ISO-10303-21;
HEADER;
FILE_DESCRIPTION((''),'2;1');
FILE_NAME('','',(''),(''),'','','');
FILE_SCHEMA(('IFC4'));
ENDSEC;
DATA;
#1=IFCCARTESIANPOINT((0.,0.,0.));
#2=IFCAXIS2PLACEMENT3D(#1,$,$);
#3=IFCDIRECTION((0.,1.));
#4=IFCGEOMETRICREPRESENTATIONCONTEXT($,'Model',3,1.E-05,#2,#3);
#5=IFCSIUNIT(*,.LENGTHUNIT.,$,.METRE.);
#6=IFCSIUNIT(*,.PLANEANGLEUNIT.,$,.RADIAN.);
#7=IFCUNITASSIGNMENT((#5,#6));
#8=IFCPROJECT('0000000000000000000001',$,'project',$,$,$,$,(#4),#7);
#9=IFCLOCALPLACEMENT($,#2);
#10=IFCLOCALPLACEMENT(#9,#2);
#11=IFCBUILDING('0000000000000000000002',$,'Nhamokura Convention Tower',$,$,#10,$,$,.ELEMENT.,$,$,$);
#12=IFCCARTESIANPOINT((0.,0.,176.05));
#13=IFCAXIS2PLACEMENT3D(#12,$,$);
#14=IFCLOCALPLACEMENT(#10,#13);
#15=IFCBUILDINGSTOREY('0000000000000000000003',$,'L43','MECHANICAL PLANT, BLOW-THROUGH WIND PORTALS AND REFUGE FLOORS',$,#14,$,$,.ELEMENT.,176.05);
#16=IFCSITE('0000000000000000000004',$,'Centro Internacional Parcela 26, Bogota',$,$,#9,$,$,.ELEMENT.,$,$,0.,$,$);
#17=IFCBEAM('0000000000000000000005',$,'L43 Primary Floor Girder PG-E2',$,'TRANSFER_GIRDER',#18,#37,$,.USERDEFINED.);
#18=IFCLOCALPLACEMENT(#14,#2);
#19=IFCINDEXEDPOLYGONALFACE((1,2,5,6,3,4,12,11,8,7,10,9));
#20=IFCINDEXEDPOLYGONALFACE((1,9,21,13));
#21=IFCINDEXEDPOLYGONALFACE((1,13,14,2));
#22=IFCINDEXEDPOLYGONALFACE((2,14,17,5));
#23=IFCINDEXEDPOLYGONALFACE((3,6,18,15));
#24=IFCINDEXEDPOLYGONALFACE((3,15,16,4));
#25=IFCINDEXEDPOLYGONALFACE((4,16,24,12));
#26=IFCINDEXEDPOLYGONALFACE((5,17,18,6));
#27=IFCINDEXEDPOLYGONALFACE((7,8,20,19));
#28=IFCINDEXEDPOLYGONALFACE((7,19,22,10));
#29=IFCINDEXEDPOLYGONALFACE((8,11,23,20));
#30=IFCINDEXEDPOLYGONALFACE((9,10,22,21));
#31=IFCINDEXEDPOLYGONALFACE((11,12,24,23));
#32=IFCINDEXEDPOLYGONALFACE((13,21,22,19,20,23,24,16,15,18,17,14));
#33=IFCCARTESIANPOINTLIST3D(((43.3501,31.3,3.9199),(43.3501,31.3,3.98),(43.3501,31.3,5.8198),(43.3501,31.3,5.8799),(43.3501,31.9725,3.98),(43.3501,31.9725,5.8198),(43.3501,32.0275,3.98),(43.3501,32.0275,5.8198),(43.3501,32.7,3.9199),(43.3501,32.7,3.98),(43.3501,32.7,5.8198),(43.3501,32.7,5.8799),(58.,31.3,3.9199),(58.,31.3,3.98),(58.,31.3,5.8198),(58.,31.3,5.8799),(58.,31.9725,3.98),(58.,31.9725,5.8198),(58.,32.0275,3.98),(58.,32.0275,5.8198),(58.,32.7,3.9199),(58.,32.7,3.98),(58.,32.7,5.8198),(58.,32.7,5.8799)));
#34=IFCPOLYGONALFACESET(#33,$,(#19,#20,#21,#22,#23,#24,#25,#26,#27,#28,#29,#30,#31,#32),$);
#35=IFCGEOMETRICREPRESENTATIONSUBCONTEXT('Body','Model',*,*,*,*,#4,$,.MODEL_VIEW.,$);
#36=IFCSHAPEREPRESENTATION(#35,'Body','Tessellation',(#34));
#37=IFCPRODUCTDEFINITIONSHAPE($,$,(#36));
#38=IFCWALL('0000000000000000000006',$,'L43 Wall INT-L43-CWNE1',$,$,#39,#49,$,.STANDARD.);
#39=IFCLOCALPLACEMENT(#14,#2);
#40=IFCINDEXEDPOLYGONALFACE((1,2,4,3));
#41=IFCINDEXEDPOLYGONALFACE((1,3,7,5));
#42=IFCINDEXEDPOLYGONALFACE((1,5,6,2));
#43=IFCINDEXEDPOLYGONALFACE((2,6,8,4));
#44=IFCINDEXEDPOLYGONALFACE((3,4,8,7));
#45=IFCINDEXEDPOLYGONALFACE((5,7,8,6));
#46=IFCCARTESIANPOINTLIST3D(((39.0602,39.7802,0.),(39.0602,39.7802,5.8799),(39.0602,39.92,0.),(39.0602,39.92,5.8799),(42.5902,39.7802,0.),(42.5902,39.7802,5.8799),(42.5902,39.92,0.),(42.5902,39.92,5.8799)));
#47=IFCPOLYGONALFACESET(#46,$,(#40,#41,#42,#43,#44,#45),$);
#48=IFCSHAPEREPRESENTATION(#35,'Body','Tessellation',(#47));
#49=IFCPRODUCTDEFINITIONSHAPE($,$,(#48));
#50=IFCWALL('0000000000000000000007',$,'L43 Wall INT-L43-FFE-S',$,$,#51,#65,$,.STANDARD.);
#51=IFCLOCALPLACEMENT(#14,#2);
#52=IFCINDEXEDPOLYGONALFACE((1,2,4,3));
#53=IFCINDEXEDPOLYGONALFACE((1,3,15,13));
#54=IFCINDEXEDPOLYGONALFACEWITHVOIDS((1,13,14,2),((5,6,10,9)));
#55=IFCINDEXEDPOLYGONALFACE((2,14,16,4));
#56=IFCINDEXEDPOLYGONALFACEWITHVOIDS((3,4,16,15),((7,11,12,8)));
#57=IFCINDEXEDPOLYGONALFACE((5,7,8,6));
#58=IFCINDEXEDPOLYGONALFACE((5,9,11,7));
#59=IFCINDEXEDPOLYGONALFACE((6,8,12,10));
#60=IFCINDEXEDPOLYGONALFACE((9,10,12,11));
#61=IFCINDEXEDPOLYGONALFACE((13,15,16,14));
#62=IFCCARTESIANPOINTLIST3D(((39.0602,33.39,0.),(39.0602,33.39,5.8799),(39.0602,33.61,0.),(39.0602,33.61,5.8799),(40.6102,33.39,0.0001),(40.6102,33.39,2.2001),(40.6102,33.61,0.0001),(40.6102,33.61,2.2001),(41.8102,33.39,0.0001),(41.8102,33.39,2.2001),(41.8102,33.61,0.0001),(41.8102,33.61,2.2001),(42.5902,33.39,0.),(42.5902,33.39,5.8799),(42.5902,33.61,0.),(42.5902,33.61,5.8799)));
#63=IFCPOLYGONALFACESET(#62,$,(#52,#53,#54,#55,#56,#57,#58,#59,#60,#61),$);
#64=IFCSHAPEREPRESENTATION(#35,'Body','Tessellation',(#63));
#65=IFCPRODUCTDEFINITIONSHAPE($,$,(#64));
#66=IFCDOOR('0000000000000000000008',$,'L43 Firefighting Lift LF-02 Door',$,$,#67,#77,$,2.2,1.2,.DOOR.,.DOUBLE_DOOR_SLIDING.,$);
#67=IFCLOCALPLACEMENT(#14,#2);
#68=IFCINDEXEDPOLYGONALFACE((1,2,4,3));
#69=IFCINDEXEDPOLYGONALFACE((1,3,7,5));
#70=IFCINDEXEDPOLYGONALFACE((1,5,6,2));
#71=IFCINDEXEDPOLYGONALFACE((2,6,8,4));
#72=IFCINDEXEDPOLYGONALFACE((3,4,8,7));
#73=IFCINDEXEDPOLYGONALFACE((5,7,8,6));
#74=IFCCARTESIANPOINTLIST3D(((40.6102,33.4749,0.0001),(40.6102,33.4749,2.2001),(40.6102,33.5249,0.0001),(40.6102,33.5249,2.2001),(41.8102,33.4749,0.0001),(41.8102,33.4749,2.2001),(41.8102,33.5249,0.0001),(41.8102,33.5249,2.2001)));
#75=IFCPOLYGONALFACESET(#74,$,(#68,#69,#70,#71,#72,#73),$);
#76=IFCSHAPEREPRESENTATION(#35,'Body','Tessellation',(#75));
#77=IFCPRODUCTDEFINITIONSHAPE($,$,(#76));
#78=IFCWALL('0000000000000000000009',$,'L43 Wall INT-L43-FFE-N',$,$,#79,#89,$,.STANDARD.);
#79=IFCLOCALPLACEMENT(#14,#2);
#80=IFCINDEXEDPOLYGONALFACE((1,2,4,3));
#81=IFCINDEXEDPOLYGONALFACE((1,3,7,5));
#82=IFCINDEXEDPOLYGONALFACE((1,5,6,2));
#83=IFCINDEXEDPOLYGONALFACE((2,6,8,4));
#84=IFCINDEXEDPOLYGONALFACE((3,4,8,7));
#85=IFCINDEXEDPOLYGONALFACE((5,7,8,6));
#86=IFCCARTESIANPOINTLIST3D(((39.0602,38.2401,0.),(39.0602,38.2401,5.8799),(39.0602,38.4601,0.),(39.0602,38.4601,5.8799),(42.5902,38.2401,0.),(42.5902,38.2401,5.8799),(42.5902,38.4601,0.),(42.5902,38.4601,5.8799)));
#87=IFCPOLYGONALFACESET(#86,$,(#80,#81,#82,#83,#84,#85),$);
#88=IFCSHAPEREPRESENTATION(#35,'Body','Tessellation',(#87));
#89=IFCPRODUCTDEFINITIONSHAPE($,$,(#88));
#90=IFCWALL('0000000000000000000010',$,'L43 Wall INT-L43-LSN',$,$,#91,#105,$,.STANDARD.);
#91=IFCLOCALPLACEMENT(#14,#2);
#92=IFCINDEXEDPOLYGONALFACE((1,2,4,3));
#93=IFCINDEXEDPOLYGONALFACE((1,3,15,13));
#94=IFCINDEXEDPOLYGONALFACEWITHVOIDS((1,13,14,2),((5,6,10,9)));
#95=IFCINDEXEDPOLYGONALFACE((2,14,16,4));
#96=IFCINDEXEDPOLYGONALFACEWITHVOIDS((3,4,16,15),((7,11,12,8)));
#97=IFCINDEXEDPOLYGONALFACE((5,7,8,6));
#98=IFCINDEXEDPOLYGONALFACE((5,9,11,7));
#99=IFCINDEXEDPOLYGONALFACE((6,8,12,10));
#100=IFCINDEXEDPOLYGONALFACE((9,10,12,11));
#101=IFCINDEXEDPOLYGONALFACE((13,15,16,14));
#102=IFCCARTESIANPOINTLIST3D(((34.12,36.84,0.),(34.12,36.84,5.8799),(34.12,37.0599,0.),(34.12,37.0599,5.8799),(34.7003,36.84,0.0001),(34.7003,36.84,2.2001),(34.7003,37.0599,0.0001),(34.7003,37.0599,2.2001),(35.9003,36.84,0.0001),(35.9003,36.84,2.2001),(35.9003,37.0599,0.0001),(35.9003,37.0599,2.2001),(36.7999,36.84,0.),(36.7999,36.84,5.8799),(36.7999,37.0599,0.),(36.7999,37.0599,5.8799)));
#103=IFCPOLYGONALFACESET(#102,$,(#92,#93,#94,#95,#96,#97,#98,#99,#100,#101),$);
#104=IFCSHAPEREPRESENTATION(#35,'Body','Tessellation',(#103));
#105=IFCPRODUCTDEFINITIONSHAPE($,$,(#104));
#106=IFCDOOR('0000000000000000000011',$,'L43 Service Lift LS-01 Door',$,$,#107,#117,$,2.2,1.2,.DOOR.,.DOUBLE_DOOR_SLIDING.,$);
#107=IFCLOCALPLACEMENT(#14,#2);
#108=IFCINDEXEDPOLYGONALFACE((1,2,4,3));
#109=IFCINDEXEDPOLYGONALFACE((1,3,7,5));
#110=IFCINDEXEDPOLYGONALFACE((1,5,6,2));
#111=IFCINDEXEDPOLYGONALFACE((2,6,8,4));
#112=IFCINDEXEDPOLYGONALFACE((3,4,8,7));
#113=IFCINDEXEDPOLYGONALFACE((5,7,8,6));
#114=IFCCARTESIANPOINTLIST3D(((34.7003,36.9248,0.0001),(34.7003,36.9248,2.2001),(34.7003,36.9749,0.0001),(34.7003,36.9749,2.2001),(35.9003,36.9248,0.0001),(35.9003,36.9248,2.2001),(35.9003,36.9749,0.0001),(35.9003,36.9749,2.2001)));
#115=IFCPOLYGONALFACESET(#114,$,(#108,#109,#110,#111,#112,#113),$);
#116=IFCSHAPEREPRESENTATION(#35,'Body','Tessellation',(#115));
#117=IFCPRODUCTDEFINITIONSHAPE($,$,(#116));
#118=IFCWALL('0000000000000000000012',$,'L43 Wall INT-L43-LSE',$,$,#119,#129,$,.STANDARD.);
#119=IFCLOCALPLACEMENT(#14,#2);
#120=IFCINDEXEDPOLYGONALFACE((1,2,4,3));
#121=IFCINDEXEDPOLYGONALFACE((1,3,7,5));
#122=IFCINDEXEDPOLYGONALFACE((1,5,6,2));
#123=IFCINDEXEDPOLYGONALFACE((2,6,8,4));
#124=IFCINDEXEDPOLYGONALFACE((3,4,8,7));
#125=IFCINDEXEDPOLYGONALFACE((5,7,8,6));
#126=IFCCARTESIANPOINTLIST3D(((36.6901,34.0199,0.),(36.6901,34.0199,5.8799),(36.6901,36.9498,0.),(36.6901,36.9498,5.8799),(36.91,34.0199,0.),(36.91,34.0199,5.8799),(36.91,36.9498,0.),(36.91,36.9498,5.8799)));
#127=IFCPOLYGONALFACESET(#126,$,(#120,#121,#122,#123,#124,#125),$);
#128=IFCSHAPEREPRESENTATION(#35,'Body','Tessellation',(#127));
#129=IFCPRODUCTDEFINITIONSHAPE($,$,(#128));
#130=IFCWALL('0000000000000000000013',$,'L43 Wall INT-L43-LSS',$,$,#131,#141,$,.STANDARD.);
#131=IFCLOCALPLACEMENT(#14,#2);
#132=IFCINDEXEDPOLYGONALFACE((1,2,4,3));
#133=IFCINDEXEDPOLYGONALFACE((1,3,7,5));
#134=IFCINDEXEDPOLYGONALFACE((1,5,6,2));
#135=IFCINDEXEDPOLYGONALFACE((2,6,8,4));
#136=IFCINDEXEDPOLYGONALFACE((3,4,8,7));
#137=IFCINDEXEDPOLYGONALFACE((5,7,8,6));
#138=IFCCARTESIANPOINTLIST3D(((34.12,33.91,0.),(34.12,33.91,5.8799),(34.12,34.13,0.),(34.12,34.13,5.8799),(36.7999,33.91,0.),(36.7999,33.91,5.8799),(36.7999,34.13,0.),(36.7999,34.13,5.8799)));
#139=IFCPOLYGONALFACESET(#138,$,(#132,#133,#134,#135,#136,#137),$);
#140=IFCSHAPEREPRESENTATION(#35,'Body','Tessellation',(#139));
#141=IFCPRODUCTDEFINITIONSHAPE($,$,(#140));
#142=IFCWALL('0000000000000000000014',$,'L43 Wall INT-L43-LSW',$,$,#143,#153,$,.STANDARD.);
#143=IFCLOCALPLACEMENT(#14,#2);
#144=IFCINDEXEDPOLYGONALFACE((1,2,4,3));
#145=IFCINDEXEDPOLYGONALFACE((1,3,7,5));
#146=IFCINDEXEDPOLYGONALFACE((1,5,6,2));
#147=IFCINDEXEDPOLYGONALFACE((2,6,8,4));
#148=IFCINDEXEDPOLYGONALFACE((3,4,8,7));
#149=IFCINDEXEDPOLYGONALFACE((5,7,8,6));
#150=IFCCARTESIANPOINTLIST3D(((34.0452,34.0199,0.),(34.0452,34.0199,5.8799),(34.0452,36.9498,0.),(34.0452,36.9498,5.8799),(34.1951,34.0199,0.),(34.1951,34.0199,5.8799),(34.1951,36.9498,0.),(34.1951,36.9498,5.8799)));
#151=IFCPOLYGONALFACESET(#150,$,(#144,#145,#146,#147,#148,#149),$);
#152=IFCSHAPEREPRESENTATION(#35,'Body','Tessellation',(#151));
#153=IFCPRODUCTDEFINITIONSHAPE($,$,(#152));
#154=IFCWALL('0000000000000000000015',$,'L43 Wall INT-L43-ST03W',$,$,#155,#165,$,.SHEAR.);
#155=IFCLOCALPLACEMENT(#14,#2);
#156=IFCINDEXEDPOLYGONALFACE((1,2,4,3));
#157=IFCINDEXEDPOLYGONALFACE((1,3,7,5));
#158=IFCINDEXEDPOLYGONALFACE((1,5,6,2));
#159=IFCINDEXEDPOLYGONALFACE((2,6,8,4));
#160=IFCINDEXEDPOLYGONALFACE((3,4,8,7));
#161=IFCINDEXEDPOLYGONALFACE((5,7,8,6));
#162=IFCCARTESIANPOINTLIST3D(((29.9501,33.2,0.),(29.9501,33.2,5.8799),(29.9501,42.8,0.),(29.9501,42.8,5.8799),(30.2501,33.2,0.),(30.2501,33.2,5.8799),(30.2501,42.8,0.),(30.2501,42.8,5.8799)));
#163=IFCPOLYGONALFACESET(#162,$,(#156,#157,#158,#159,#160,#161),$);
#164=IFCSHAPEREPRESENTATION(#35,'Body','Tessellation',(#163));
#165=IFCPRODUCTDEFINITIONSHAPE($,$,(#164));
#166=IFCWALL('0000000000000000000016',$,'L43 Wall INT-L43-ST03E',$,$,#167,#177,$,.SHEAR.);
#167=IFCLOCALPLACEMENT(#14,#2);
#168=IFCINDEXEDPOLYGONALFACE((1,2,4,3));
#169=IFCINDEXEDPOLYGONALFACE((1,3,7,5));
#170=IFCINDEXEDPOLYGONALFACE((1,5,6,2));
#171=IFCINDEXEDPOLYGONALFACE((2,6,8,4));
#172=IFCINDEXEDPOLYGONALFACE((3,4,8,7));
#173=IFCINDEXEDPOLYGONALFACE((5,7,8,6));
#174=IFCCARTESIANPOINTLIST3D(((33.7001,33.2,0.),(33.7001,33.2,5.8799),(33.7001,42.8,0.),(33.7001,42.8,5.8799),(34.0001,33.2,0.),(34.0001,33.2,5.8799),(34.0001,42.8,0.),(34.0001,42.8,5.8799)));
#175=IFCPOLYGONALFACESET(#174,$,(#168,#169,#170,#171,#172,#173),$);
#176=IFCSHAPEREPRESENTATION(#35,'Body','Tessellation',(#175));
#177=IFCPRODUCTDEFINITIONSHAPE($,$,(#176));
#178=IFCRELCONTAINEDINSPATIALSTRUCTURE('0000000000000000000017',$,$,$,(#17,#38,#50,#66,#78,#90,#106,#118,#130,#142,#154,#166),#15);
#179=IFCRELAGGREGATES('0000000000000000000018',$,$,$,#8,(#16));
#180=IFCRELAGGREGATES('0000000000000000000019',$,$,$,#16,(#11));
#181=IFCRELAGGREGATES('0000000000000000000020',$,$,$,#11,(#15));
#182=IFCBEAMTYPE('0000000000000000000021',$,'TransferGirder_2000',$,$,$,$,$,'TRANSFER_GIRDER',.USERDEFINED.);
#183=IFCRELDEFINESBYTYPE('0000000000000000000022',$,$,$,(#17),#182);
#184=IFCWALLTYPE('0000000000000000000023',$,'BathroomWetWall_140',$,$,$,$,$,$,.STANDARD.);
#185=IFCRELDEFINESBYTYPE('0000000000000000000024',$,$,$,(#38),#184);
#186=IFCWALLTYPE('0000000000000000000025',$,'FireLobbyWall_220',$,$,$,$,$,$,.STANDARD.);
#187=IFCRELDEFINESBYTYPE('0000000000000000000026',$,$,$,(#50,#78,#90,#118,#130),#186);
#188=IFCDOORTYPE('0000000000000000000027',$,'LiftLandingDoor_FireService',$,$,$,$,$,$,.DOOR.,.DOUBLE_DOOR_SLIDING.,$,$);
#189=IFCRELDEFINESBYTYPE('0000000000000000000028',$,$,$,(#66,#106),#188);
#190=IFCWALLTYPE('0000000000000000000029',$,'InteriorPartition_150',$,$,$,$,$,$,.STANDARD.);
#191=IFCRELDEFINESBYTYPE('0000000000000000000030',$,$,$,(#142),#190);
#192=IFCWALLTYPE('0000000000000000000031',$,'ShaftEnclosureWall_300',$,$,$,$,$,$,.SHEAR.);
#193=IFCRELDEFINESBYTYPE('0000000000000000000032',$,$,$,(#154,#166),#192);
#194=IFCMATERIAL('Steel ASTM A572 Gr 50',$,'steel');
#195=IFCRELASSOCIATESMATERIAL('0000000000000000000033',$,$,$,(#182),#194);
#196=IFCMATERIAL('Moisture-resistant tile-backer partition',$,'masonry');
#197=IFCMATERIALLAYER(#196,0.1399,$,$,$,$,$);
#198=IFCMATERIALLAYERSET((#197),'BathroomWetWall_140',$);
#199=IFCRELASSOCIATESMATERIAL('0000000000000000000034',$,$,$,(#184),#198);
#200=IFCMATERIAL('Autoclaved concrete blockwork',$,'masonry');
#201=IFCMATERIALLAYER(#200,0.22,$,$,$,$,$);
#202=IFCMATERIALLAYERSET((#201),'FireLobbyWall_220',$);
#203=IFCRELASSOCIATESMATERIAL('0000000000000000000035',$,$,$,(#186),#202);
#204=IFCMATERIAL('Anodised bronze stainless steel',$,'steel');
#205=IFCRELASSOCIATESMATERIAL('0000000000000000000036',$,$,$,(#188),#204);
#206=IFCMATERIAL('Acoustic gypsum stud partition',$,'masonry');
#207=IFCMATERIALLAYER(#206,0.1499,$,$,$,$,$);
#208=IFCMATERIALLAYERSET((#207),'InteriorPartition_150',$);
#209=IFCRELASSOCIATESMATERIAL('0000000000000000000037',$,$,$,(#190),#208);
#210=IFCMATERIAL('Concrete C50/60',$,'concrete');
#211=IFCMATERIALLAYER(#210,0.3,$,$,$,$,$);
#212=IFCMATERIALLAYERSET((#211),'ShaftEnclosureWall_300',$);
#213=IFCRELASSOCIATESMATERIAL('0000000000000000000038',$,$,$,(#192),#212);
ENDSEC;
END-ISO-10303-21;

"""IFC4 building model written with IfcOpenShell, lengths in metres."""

from ifc_helpers import new_model, si_unit, direction, frame, frame_2d, origin, origin_2d, place, context, subcontext, project, spatial, rectangle, i_section, extrude, material, layer, layer_set, material_profile, profile_set, type_object, element, fill, save


model = new_model("IFC4")

# Units and contexts
model_context = context("Model", 3, precision=1e-05, world=origin(), true_north=direction((0.0, 1.0)))
body_context = subcontext(model_context, "Body", "Model", "MODEL_VIEW")
ifc_project = project(units=[si_unit("LENGTHUNIT", "METRE"), si_unit("PLANEANGLEUNIT", "RADIAN")], contexts=[model_context])

# Site, building, storey
site_placement = place(None, origin())
site = spatial("IfcSite", under=ifc_project, at=site_placement, Name="Centro Internacional Parcela 26, Bogota", CompositionType="ELEMENT", RefElevation=0.0)
building_placement = place(site_placement, origin())
building = spatial("IfcBuilding", under=site, at=building_placement, Name="Nhamokura Convention Tower", CompositionType="ELEMENT")
storey_placement = place(building_placement, frame((0.0, 0.0, 176.05)))
storey = spatial("IfcBuildingStorey", under=building, at=storey_placement, Name="L43", Description="MECHANICAL PLANT, BLOW-THROUGH WIND PORTALS AND REFUGE FLOORS", CompositionType="ELEMENT", Elevation=176.05)

# Beam
ifc_material_1 = material(Name="Steel ASTM A572 Gr 50", Category="steel")
ifc_material_profile = material_profile(ifc_material_1, i_section(OverallWidth=1.3999, OverallDepth=1.96, WebThickness=0.0549, FlangeThickness=0.0601, at=origin_2d()))
ifc_profile_set = profile_set([ifc_material_profile], Name="Steel ASTM A572 Gr 50")
beam_type = type_object("IfcBeamType", Name="TransferGirder_2000", ElementType="TRANSFER_GIRDER", PredefinedType="USERDEFINED", material=ifc_profile_set)
beam_placement = place(storey_placement, frame((43.3501, 32.0, 4.8999), z_axis=(1.0, 0.0, 0.0), x_axis=(0.0, 1.0, 0.0)))
element("IfcBeam", 1, at=beam_placement, inside=storey, type_object=beam_type, Name="L43 Primary Floor Girder PG-E2", ObjectType="TRANSFER_GIRDER", PredefinedType="USERDEFINED", context=body_context, shape_type="SweptSolid", body=[
    extrude(i_section(OverallWidth=1.3999, OverallDepth=1.96, WebThickness=0.0549, FlangeThickness=0.0601, at=origin_2d()), origin(), (0.0, 0.0, 1.0), 14.6499),
])

# Wall
ifc_material_2 = material(Name="Moisture-resistant tile-backer partition", Category="masonry")
ifc_layer_1 = layer(ifc_material_2, 0.1399)
ifc_layer_set_1 = layer_set([ifc_layer_1], Name="BathroomWetWall_140")
wall_type_1 = type_object("IfcWallType", Name="BathroomWetWall_140", PredefinedType="STANDARD", material=ifc_layer_set_1)
wall_1_placement = place(storey_placement, frame((39.0601, 39.8501, 0.0), z_axis=(0.0, 0.0, 1.0), x_axis=(1.0, 0.0, 0.0)))
element("IfcWall", 2, at=wall_1_placement, inside=storey, type_object=wall_type_1, Name="L43 Wall INT-L43-CWNE1", PredefinedType="STANDARD", context=body_context, shape_type="SweptSolid", body=[
    extrude(rectangle(XDim=3.53, YDim=0.1399, at=frame_2d((1.7651, 0.0))), origin(), (0.0, 0.0, 1.0), 5.8799),
])

# Wall, opening, door
ifc_material_3 = material(Name="Autoclaved concrete blockwork", Category="masonry")
ifc_layer_2 = layer(ifc_material_3, 0.22)
ifc_layer_set_2 = layer_set([ifc_layer_2], Name="FireLobbyWall_220")
wall_type_2 = type_object("IfcWallType", Name="FireLobbyWall_220", PredefinedType="STANDARD", material=ifc_layer_set_2)
wall_2_placement = place(storey_placement, frame((39.0601, 33.5, 0.0), z_axis=(0.0, 0.0, 1.0), x_axis=(1.0, 0.0, 0.0)))
wall_2 = element("IfcWall", 3, at=wall_2_placement, inside=storey, type_object=wall_type_2, Name="L43 Wall INT-L43-FFE-S", PredefinedType="STANDARD", context=body_context, shape_type="SweptSolid", body=[
    extrude(rectangle(XDim=3.53, YDim=0.22, at=frame_2d((1.7651, 0.0))), origin(), (0.0, 0.0, 1.0), 5.8799),
])
opening_1_placement = place(wall_2_placement, frame((1.55, 0.0, 0.0)))
opening_1 = element("IfcOpeningElement", 4, at=opening_1_placement, cuts=wall_2, PredefinedType="OPENING", context=body_context, shape_type="SweptSolid", body=[
    extrude(rectangle(XDim=1.2, YDim=2.2, at=frame_2d((0.6001, 1.1001))), frame((0.0, 0.1199, 0.0), z_axis=(0.0, -1.0, 0.0), x_axis=(1.0, 0.0, 0.0)), (0.0, 0.0, 1.0), 0.24),
])
ifc_material_4 = material(Name="Anodised bronze stainless steel", Category="steel")
door_type_1 = type_object("IfcDoorType", Name="LiftLandingDoor_FireService", OperationType="DOUBLE_DOOR_SLIDING", PredefinedType="DOOR", material=ifc_material_4)
door_1_placement = place(opening_1_placement, origin())
door_1 = element("IfcDoor", 5, at=door_1_placement, inside=storey, type_object=door_type_1, Name="L43 Firefighting Lift LF-02 Door", OperationType="DOUBLE_DOOR_SLIDING", OverallHeight=2.2, OverallWidth=1.2, PredefinedType="DOOR", context=body_context, shape_type="SweptSolid", body=[
    extrude(rectangle(XDim=1.2, YDim=2.2, at=frame_2d((0.6001, 1.1001))), frame((0.0, 0.0249, 0.0), z_axis=(0.0, -1.0, 0.0), x_axis=(1.0, 0.0, 0.0)), (0.0, 0.0, 1.0), 0.05),
])
fill(opening_1, door_1)

# Wall
wall_3_placement = place(storey_placement, frame((39.0601, 38.3501, 0.0), z_axis=(0.0, 0.0, 1.0), x_axis=(1.0, 0.0, 0.0)))
element("IfcWall", 6, at=wall_3_placement, inside=storey, type_object=wall_type_2, Name="L43 Wall INT-L43-FFE-N", PredefinedType="STANDARD", context=body_context, shape_type="SweptSolid", body=[
    extrude(rectangle(XDim=3.53, YDim=0.22, at=frame_2d((1.7651, 0.0))), origin(), (0.0, 0.0, 1.0), 5.8799),
])

# Wall, opening, door
wall_4_placement = place(storey_placement, frame((34.1201, 36.95, 0.0), z_axis=(0.0, 0.0, 1.0), x_axis=(1.0, 0.0, 0.0)))
wall_4 = element("IfcWall", 7, at=wall_4_placement, inside=storey, type_object=wall_type_2, Name="L43 Wall INT-L43-LSN", PredefinedType="STANDARD", context=body_context, shape_type="SweptSolid", body=[
    extrude(rectangle(XDim=2.6799, YDim=0.22, at=frame_2d((1.3398, 0.0))), origin(), (0.0, 0.0, 1.0), 5.8799),
])
opening_2_placement = place(wall_4_placement, frame((0.5801, 0.0, 0.0)))
opening_2 = element("IfcOpeningElement", 8, at=opening_2_placement, cuts=wall_4, PredefinedType="OPENING", context=body_context, shape_type="SweptSolid", body=[
    extrude(rectangle(XDim=1.2, YDim=2.2, at=frame_2d((0.6001, 1.1001))), frame((0.0, 0.1199, 0.0), z_axis=(0.0, -1.0, 0.0), x_axis=(1.0, 0.0, 0.0)), (0.0, 0.0, 1.0), 0.24),
])
door_2_placement = place(opening_2_placement, origin())
door_2 = element("IfcDoor", 9, at=door_2_placement, inside=storey, type_object=door_type_1, Name="L43 Service Lift LS-01 Door", OperationType="DOUBLE_DOOR_SLIDING", OverallHeight=2.2, OverallWidth=1.2, PredefinedType="DOOR", context=body_context, shape_type="SweptSolid", body=[
    extrude(rectangle(XDim=1.2, YDim=2.2, at=frame_2d((0.6001, 1.1001))), frame((0.0, 0.0249, 0.0), z_axis=(0.0, -1.0, 0.0), x_axis=(1.0, 0.0, 0.0)), (0.0, 0.0, 1.0), 0.05),
])
fill(opening_2, door_2)

# Walls
wall_5_placement = place(storey_placement, frame((36.8, 34.02, 0.0), z_axis=(0.0, 0.0, 1.0), x_axis=(0.0, 1.0, 0.0)))
element("IfcWall", 10, at=wall_5_placement, inside=storey, type_object=wall_type_2, Name="L43 Wall INT-L43-LSE", PredefinedType="STANDARD", context=body_context, shape_type="SweptSolid", body=[
    extrude(rectangle(XDim=2.9299, YDim=0.22, at=frame_2d((1.4648, 0.0))), origin(), (0.0, 0.0, 1.0), 5.8799),
])
wall_6_placement = place(storey_placement, frame((34.1201, 34.02, 0.0), z_axis=(0.0, 0.0, 1.0), x_axis=(1.0, 0.0, 0.0)))
element("IfcWall", 11, at=wall_6_placement, inside=storey, type_object=wall_type_2, Name="L43 Wall INT-L43-LSS", PredefinedType="STANDARD", context=body_context, shape_type="SweptSolid", body=[
    extrude(rectangle(XDim=2.6799, YDim=0.22, at=frame_2d((1.3398, 0.0))), origin(), (0.0, 0.0, 1.0), 5.8799),
])
ifc_material_5 = material(Name="Acoustic gypsum stud partition", Category="masonry")
ifc_layer_3 = layer(ifc_material_5, 0.1499)
ifc_layer_set_3 = layer_set([ifc_layer_3], Name="InteriorPartition_150")
wall_type_3 = type_object("IfcWallType", Name="InteriorPartition_150", PredefinedType="STANDARD", material=ifc_layer_set_3)
wall_7_placement = place(storey_placement, frame((34.1201, 34.02, 0.0), z_axis=(0.0, 0.0, 1.0), x_axis=(0.0, 1.0, 0.0)))
element("IfcWall", 12, at=wall_7_placement, inside=storey, type_object=wall_type_3, Name="L43 Wall INT-L43-LSW", PredefinedType="STANDARD", context=body_context, shape_type="SweptSolid", body=[
    extrude(rectangle(XDim=2.9299, YDim=0.1499, at=frame_2d((1.4648, 0.0))), origin(), (0.0, 0.0, 1.0), 5.8799),
])
ifc_material_6 = material(Name="Concrete C50/60", Category="concrete")
ifc_layer_4 = layer(ifc_material_6, 0.3)
ifc_layer_set_4 = layer_set([ifc_layer_4], Name="ShaftEnclosureWall_300")
wall_type_4 = type_object("IfcWallType", Name="ShaftEnclosureWall_300", PredefinedType="SHEAR", material=ifc_layer_set_4)
for number, where, z_axis, x_axis, name in (
    (13, (30.1001, 33.2, 0.0), (0.0, 0.0, 1.0), (0.0, 1.0, 0.0), "L43 Wall INT-L43-ST03W"),
    (14, (33.8501, 33.2, 0.0), (0.0, 0.0, 1.0), (0.0, 1.0, 0.0), "L43 Wall INT-L43-ST03E"),
):
    element("IfcWall", number, at=place(storey_placement, frame(where, z_axis=z_axis, x_axis=x_axis)), inside=storey, type_object=wall_type_4, Name=name, PredefinedType="SHEAR", context=body_context, shape_type="SweptSolid", body=[
        extrude(rectangle(XDim=9.6001, YDim=0.3, at=frame_2d((4.8, 0.0))), origin(), (0.0, 0.0, 1.0), 5.8799),
    ])

save(model, "model.ifc")
